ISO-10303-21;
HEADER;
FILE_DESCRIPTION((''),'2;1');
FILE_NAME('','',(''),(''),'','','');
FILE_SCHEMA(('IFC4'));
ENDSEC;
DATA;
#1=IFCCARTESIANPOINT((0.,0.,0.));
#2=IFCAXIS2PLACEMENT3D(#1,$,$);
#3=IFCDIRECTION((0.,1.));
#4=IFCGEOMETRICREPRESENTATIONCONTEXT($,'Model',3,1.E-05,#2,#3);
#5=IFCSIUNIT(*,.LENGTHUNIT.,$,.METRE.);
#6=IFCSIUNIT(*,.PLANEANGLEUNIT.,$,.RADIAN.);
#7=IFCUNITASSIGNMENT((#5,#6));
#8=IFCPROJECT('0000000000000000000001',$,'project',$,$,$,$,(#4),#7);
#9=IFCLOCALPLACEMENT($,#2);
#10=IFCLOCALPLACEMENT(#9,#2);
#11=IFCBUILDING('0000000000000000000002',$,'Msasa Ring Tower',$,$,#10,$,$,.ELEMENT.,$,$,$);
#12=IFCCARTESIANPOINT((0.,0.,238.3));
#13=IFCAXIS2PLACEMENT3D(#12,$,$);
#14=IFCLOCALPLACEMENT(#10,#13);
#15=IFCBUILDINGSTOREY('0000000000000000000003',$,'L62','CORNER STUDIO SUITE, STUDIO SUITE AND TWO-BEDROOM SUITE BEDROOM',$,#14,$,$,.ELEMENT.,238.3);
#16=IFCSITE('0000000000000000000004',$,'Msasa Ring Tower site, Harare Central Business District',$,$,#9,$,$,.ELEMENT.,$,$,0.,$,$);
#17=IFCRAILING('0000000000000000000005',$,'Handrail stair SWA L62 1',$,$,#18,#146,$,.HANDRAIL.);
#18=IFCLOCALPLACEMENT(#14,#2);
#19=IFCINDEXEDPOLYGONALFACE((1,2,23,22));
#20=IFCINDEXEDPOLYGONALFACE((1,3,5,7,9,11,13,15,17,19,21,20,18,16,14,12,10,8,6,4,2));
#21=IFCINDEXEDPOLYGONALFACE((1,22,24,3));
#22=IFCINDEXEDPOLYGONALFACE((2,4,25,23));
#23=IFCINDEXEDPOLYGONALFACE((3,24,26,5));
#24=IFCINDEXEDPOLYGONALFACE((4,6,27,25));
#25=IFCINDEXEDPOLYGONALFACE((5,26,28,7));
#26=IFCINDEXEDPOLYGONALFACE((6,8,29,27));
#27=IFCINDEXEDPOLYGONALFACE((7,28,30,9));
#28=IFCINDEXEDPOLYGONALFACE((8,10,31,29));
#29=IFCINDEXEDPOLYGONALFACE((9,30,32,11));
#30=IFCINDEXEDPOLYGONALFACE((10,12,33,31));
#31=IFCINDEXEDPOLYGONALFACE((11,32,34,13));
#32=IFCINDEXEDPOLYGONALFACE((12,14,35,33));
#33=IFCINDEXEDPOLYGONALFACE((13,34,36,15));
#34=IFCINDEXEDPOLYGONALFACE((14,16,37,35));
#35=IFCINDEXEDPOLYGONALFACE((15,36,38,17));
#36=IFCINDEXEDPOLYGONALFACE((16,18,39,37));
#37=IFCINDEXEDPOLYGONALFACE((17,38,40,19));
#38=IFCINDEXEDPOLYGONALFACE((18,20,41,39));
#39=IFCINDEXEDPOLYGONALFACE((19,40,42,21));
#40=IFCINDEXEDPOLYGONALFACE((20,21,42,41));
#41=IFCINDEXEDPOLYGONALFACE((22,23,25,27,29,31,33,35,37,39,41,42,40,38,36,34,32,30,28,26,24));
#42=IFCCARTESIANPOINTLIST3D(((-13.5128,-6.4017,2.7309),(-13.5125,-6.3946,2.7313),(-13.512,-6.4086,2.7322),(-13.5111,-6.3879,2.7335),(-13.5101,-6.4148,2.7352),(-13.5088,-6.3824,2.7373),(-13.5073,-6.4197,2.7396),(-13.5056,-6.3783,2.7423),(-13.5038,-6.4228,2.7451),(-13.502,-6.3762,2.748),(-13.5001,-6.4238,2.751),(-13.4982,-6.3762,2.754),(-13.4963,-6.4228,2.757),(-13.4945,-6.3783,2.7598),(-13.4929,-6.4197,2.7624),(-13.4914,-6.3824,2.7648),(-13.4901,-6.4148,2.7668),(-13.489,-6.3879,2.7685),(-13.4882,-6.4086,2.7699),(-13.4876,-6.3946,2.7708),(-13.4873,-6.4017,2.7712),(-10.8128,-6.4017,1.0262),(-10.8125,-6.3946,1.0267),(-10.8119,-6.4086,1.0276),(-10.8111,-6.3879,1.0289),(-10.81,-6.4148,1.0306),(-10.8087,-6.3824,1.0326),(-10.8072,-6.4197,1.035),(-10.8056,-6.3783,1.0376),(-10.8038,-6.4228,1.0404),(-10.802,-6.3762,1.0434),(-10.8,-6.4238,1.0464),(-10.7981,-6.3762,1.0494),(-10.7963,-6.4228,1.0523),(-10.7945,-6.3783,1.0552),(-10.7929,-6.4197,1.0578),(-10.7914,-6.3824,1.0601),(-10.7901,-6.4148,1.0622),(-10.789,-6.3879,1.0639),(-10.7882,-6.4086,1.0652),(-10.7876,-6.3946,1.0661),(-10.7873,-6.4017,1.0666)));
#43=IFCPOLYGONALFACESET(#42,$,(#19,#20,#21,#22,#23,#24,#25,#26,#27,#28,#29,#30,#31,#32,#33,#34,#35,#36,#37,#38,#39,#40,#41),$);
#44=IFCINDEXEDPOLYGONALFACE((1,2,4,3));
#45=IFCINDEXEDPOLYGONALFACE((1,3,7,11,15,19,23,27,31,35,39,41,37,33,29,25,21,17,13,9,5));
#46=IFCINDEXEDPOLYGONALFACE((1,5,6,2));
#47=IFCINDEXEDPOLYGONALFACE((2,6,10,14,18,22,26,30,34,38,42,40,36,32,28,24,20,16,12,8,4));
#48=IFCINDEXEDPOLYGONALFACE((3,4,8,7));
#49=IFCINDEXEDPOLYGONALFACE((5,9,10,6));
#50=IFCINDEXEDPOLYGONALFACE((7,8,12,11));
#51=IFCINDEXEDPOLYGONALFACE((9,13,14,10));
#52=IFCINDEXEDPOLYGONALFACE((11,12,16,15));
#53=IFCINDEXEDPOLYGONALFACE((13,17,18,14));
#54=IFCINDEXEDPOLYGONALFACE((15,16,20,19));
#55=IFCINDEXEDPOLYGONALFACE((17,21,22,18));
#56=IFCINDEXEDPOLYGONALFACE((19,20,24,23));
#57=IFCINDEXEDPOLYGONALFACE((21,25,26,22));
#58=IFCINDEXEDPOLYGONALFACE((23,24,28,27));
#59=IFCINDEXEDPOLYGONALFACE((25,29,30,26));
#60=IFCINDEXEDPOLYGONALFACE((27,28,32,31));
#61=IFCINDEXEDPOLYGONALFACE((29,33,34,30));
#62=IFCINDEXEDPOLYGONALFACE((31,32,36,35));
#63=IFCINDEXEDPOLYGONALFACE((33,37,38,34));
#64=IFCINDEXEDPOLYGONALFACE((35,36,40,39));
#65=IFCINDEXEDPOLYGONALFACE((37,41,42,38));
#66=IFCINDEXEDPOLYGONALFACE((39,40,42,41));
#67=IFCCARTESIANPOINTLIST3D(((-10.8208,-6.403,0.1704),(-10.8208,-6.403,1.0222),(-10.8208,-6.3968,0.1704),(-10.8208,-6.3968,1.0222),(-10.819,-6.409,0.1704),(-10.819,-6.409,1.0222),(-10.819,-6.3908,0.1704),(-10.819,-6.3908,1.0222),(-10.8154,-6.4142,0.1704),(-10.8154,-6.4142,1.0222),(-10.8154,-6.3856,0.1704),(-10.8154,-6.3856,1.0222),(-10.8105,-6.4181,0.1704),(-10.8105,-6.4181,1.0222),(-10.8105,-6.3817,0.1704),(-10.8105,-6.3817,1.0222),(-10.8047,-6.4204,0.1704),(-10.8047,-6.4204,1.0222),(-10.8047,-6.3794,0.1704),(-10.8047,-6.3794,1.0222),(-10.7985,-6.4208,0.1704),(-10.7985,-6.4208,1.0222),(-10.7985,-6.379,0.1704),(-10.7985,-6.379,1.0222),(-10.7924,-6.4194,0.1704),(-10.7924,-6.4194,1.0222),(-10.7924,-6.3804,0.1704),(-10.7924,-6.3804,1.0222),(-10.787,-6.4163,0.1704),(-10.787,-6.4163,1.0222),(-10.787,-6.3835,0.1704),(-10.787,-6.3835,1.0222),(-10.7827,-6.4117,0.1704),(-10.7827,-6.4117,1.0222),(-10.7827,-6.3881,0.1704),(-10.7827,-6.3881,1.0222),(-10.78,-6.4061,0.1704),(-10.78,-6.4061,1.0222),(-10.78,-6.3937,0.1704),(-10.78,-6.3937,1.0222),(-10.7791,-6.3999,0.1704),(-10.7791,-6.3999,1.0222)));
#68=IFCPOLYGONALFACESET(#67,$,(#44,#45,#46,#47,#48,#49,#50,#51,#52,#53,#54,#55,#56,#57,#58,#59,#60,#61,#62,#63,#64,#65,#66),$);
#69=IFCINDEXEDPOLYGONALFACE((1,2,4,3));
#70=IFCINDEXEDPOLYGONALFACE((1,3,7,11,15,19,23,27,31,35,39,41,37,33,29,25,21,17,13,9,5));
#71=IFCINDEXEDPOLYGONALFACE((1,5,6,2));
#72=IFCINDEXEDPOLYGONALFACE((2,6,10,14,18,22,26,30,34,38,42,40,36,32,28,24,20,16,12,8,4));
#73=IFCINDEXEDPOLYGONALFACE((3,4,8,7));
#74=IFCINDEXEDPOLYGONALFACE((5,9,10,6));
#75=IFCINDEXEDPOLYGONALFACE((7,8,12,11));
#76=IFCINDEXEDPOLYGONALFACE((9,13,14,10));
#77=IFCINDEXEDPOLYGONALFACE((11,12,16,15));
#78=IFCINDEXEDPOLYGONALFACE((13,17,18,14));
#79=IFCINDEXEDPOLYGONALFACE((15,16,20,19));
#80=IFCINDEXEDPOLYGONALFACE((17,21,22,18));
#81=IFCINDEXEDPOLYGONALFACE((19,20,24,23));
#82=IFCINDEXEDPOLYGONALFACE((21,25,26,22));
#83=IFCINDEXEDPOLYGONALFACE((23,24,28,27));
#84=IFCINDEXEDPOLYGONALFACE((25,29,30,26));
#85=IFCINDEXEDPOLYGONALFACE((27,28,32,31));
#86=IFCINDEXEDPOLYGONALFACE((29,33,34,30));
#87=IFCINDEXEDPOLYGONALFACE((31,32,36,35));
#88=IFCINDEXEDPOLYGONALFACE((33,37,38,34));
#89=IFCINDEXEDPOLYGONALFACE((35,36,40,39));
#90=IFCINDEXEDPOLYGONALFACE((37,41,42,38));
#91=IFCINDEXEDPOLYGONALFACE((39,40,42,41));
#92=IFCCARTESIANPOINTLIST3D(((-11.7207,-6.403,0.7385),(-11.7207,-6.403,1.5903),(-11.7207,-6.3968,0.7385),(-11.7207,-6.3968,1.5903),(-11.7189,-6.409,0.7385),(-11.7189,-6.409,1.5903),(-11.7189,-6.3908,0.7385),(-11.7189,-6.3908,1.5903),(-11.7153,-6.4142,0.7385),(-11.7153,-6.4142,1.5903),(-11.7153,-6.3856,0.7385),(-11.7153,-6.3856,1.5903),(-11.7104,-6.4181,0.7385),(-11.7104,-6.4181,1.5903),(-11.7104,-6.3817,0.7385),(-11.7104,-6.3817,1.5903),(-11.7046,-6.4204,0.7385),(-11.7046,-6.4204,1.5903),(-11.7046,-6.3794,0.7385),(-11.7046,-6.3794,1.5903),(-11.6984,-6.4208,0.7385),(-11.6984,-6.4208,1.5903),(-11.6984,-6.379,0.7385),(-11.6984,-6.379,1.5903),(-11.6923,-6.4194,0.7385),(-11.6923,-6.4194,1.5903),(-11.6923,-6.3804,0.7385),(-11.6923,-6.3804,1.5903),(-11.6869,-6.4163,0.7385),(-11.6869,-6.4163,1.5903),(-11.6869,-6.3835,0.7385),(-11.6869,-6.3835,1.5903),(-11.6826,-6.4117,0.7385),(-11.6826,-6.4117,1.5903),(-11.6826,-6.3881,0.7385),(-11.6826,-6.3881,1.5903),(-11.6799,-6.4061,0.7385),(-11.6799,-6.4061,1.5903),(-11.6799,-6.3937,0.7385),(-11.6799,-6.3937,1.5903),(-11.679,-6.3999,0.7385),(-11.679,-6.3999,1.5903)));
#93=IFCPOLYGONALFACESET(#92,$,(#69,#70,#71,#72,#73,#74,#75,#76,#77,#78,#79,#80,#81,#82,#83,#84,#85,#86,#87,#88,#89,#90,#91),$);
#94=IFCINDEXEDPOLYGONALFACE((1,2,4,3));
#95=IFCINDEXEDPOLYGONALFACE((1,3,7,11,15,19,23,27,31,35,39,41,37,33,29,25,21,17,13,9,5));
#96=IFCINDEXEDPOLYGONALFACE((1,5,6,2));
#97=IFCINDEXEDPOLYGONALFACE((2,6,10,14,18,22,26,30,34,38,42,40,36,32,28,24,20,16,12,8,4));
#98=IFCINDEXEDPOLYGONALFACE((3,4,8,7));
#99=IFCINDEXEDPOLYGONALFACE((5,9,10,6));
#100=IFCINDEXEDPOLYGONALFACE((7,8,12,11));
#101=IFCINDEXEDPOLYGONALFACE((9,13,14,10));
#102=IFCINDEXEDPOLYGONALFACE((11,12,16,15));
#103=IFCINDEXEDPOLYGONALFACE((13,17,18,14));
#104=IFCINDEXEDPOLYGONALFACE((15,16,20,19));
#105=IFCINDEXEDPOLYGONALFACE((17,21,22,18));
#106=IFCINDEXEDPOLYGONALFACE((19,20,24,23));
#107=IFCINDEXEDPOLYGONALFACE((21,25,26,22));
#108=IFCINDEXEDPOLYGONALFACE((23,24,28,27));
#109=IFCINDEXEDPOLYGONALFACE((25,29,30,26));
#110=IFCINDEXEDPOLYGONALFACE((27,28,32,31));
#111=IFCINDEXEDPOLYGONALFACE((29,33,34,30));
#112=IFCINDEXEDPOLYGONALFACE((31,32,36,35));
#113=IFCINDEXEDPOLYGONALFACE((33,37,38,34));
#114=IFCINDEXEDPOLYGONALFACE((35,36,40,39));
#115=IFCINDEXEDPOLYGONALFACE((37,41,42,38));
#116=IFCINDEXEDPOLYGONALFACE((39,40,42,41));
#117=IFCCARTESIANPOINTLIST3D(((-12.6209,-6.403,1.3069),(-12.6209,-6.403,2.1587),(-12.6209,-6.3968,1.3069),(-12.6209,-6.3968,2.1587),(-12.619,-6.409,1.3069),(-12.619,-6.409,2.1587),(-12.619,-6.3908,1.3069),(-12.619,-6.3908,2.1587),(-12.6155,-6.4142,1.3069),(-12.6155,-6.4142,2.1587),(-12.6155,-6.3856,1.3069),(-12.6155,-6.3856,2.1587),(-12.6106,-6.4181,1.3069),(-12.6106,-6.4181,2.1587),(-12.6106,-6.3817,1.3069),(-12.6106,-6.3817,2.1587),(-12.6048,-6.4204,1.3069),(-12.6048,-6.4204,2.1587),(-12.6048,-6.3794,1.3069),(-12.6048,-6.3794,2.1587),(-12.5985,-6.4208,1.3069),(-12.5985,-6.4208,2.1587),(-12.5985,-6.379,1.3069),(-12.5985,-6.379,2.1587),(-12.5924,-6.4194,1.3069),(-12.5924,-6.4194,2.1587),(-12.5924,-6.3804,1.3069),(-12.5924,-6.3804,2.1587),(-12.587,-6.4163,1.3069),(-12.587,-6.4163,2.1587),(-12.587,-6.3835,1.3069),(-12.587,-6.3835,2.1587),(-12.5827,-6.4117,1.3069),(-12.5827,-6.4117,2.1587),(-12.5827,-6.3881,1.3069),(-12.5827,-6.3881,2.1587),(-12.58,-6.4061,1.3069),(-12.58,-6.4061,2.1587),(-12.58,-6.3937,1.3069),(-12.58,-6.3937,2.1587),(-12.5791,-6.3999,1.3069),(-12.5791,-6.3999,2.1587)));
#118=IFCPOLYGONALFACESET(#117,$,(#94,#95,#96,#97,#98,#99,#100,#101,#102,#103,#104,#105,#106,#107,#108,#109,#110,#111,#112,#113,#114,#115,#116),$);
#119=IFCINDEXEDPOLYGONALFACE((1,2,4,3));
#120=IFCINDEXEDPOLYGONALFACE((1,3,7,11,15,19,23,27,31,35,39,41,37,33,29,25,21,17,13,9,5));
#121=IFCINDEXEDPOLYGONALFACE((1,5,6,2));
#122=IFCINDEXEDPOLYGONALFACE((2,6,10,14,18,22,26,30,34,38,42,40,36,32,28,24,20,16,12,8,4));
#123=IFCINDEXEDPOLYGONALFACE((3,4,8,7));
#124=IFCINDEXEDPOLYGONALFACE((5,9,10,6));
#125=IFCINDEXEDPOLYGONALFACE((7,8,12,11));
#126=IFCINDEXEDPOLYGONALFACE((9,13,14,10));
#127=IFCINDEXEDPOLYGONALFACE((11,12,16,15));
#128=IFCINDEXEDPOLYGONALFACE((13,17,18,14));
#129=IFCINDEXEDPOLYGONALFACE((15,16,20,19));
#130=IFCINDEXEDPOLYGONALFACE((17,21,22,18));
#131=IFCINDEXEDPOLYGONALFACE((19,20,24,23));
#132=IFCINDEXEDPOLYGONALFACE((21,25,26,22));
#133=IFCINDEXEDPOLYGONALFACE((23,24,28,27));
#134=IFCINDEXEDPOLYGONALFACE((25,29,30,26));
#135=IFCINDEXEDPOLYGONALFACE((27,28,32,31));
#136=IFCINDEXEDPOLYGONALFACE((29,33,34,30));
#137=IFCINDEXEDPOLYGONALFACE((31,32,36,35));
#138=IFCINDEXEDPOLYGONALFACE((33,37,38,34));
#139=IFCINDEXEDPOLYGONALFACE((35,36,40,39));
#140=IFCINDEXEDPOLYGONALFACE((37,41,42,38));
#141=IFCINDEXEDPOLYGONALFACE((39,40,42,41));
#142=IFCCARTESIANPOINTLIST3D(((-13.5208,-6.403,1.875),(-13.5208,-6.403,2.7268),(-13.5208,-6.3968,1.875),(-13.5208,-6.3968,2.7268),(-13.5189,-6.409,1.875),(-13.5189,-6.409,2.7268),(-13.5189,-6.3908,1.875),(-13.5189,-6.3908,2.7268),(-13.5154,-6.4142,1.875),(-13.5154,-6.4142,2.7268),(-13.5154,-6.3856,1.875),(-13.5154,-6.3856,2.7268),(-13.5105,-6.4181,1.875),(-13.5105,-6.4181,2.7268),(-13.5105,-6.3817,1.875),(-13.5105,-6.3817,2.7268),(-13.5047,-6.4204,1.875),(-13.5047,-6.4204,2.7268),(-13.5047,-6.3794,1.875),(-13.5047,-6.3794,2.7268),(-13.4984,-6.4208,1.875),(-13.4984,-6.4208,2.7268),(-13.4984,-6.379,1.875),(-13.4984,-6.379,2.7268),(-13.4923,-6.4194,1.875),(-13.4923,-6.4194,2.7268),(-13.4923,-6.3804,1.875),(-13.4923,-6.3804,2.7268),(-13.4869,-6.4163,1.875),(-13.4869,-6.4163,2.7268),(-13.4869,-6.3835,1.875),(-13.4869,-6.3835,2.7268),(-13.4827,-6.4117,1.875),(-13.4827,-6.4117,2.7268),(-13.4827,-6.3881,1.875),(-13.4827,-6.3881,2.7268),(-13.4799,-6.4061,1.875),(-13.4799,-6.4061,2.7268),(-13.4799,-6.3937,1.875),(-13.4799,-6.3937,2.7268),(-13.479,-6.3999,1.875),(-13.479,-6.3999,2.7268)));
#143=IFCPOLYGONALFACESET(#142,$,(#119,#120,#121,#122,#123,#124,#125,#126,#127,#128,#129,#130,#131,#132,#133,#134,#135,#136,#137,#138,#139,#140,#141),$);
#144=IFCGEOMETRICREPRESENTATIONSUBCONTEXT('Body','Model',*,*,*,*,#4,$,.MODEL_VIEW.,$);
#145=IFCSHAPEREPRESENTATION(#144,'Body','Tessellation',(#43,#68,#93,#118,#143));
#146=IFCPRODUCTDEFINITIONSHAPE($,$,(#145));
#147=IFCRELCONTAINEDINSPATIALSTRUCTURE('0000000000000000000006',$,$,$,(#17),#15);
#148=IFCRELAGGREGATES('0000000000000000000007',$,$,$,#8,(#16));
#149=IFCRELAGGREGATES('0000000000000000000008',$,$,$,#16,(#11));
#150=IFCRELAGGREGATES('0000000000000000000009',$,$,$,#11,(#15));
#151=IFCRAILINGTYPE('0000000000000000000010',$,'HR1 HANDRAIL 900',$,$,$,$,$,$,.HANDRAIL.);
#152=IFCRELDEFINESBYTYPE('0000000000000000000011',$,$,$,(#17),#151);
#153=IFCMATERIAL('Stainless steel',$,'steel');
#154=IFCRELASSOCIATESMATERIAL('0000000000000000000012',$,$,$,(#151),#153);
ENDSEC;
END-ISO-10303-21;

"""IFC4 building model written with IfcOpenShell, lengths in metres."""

from ifc_helpers import new_model, si_unit, direction, frame, origin, origin_2d, place, context, subcontext, project, spatial, circle, extrude, material, type_object, element, save


model = new_model("IFC4")

# Units and contexts
model_context = context("Model", 3, precision=1e-05, world=origin(), true_north=direction((0.0, 1.0)))
body_context = subcontext(model_context, "Body", "Model", "MODEL_VIEW")
ifc_project = project(units=[si_unit("LENGTHUNIT", "METRE"), si_unit("PLANEANGLEUNIT", "RADIAN")], contexts=[model_context])

# Site, building, storey
site_placement = place(None, origin())
site = spatial("IfcSite", under=ifc_project, at=site_placement, Name="Msasa Ring Tower site, Harare Central Business District", CompositionType="ELEMENT", RefElevation=0.0)
building_placement = place(site_placement, origin())
building = spatial("IfcBuilding", under=site, at=building_placement, Name="Msasa Ring Tower", CompositionType="ELEMENT")
storey_placement = place(building_placement, frame((0.0, 0.0, 238.3)))
storey = spatial("IfcBuildingStorey", under=building, at=storey_placement, Name="L62", Description="CORNER STUDIO SUITE, STUDIO SUITE AND TWO-BEDROOM SUITE BEDROOM", CompositionType="ELEMENT", Elevation=238.3)

# Railing
ifc_material_1 = material(Name="Stainless steel", Category="steel")
railing_type = type_object("IfcRailingType", Name="HR1 HANDRAIL 900", PredefinedType="HANDRAIL", material=ifc_material_1)
for number, where, name in (
    (1, (-10.8, -6.3999, 0.1704), "Handrail stair SWA L62 1"),
):
    element("IfcRailing", number, at=place(storey_placement, frame(where)), inside=storey, type_object=railing_type, Name=name, PredefinedType="HANDRAIL", context=body_context, shape_type="SweptSolid", body=[
        extrude(circle(Radius=0.0239, at=origin_2d()), frame((0.0, 0.0, 0.876), z_axis=(-0.84558, 0.0, 0.533849), x_axis=(0.0, -1.0, 0.0)), (0.0, 0.0, 1.0), 3.1931),
        extrude(circle(Radius=0.021, at=origin_2d()), origin(), (0.0, 0.0, 1.0), 0.8518),
        extrude(circle(Radius=0.021, at=origin_2d()), frame((-0.8999, 0.0, 0.5681)), (0.0, 0.0, 1.0), 0.8518),
        extrude(circle(Radius=0.021, at=origin_2d()), frame((-1.8, 0.0, 1.1365)), (0.0, 0.0, 1.0), 0.8518),
        extrude(circle(Radius=0.021, at=origin_2d()), frame((-2.7, 0.0, 1.7046)), (0.0, 0.0, 1.0), 0.8518),
    ])

save(model, "model.ifc")
